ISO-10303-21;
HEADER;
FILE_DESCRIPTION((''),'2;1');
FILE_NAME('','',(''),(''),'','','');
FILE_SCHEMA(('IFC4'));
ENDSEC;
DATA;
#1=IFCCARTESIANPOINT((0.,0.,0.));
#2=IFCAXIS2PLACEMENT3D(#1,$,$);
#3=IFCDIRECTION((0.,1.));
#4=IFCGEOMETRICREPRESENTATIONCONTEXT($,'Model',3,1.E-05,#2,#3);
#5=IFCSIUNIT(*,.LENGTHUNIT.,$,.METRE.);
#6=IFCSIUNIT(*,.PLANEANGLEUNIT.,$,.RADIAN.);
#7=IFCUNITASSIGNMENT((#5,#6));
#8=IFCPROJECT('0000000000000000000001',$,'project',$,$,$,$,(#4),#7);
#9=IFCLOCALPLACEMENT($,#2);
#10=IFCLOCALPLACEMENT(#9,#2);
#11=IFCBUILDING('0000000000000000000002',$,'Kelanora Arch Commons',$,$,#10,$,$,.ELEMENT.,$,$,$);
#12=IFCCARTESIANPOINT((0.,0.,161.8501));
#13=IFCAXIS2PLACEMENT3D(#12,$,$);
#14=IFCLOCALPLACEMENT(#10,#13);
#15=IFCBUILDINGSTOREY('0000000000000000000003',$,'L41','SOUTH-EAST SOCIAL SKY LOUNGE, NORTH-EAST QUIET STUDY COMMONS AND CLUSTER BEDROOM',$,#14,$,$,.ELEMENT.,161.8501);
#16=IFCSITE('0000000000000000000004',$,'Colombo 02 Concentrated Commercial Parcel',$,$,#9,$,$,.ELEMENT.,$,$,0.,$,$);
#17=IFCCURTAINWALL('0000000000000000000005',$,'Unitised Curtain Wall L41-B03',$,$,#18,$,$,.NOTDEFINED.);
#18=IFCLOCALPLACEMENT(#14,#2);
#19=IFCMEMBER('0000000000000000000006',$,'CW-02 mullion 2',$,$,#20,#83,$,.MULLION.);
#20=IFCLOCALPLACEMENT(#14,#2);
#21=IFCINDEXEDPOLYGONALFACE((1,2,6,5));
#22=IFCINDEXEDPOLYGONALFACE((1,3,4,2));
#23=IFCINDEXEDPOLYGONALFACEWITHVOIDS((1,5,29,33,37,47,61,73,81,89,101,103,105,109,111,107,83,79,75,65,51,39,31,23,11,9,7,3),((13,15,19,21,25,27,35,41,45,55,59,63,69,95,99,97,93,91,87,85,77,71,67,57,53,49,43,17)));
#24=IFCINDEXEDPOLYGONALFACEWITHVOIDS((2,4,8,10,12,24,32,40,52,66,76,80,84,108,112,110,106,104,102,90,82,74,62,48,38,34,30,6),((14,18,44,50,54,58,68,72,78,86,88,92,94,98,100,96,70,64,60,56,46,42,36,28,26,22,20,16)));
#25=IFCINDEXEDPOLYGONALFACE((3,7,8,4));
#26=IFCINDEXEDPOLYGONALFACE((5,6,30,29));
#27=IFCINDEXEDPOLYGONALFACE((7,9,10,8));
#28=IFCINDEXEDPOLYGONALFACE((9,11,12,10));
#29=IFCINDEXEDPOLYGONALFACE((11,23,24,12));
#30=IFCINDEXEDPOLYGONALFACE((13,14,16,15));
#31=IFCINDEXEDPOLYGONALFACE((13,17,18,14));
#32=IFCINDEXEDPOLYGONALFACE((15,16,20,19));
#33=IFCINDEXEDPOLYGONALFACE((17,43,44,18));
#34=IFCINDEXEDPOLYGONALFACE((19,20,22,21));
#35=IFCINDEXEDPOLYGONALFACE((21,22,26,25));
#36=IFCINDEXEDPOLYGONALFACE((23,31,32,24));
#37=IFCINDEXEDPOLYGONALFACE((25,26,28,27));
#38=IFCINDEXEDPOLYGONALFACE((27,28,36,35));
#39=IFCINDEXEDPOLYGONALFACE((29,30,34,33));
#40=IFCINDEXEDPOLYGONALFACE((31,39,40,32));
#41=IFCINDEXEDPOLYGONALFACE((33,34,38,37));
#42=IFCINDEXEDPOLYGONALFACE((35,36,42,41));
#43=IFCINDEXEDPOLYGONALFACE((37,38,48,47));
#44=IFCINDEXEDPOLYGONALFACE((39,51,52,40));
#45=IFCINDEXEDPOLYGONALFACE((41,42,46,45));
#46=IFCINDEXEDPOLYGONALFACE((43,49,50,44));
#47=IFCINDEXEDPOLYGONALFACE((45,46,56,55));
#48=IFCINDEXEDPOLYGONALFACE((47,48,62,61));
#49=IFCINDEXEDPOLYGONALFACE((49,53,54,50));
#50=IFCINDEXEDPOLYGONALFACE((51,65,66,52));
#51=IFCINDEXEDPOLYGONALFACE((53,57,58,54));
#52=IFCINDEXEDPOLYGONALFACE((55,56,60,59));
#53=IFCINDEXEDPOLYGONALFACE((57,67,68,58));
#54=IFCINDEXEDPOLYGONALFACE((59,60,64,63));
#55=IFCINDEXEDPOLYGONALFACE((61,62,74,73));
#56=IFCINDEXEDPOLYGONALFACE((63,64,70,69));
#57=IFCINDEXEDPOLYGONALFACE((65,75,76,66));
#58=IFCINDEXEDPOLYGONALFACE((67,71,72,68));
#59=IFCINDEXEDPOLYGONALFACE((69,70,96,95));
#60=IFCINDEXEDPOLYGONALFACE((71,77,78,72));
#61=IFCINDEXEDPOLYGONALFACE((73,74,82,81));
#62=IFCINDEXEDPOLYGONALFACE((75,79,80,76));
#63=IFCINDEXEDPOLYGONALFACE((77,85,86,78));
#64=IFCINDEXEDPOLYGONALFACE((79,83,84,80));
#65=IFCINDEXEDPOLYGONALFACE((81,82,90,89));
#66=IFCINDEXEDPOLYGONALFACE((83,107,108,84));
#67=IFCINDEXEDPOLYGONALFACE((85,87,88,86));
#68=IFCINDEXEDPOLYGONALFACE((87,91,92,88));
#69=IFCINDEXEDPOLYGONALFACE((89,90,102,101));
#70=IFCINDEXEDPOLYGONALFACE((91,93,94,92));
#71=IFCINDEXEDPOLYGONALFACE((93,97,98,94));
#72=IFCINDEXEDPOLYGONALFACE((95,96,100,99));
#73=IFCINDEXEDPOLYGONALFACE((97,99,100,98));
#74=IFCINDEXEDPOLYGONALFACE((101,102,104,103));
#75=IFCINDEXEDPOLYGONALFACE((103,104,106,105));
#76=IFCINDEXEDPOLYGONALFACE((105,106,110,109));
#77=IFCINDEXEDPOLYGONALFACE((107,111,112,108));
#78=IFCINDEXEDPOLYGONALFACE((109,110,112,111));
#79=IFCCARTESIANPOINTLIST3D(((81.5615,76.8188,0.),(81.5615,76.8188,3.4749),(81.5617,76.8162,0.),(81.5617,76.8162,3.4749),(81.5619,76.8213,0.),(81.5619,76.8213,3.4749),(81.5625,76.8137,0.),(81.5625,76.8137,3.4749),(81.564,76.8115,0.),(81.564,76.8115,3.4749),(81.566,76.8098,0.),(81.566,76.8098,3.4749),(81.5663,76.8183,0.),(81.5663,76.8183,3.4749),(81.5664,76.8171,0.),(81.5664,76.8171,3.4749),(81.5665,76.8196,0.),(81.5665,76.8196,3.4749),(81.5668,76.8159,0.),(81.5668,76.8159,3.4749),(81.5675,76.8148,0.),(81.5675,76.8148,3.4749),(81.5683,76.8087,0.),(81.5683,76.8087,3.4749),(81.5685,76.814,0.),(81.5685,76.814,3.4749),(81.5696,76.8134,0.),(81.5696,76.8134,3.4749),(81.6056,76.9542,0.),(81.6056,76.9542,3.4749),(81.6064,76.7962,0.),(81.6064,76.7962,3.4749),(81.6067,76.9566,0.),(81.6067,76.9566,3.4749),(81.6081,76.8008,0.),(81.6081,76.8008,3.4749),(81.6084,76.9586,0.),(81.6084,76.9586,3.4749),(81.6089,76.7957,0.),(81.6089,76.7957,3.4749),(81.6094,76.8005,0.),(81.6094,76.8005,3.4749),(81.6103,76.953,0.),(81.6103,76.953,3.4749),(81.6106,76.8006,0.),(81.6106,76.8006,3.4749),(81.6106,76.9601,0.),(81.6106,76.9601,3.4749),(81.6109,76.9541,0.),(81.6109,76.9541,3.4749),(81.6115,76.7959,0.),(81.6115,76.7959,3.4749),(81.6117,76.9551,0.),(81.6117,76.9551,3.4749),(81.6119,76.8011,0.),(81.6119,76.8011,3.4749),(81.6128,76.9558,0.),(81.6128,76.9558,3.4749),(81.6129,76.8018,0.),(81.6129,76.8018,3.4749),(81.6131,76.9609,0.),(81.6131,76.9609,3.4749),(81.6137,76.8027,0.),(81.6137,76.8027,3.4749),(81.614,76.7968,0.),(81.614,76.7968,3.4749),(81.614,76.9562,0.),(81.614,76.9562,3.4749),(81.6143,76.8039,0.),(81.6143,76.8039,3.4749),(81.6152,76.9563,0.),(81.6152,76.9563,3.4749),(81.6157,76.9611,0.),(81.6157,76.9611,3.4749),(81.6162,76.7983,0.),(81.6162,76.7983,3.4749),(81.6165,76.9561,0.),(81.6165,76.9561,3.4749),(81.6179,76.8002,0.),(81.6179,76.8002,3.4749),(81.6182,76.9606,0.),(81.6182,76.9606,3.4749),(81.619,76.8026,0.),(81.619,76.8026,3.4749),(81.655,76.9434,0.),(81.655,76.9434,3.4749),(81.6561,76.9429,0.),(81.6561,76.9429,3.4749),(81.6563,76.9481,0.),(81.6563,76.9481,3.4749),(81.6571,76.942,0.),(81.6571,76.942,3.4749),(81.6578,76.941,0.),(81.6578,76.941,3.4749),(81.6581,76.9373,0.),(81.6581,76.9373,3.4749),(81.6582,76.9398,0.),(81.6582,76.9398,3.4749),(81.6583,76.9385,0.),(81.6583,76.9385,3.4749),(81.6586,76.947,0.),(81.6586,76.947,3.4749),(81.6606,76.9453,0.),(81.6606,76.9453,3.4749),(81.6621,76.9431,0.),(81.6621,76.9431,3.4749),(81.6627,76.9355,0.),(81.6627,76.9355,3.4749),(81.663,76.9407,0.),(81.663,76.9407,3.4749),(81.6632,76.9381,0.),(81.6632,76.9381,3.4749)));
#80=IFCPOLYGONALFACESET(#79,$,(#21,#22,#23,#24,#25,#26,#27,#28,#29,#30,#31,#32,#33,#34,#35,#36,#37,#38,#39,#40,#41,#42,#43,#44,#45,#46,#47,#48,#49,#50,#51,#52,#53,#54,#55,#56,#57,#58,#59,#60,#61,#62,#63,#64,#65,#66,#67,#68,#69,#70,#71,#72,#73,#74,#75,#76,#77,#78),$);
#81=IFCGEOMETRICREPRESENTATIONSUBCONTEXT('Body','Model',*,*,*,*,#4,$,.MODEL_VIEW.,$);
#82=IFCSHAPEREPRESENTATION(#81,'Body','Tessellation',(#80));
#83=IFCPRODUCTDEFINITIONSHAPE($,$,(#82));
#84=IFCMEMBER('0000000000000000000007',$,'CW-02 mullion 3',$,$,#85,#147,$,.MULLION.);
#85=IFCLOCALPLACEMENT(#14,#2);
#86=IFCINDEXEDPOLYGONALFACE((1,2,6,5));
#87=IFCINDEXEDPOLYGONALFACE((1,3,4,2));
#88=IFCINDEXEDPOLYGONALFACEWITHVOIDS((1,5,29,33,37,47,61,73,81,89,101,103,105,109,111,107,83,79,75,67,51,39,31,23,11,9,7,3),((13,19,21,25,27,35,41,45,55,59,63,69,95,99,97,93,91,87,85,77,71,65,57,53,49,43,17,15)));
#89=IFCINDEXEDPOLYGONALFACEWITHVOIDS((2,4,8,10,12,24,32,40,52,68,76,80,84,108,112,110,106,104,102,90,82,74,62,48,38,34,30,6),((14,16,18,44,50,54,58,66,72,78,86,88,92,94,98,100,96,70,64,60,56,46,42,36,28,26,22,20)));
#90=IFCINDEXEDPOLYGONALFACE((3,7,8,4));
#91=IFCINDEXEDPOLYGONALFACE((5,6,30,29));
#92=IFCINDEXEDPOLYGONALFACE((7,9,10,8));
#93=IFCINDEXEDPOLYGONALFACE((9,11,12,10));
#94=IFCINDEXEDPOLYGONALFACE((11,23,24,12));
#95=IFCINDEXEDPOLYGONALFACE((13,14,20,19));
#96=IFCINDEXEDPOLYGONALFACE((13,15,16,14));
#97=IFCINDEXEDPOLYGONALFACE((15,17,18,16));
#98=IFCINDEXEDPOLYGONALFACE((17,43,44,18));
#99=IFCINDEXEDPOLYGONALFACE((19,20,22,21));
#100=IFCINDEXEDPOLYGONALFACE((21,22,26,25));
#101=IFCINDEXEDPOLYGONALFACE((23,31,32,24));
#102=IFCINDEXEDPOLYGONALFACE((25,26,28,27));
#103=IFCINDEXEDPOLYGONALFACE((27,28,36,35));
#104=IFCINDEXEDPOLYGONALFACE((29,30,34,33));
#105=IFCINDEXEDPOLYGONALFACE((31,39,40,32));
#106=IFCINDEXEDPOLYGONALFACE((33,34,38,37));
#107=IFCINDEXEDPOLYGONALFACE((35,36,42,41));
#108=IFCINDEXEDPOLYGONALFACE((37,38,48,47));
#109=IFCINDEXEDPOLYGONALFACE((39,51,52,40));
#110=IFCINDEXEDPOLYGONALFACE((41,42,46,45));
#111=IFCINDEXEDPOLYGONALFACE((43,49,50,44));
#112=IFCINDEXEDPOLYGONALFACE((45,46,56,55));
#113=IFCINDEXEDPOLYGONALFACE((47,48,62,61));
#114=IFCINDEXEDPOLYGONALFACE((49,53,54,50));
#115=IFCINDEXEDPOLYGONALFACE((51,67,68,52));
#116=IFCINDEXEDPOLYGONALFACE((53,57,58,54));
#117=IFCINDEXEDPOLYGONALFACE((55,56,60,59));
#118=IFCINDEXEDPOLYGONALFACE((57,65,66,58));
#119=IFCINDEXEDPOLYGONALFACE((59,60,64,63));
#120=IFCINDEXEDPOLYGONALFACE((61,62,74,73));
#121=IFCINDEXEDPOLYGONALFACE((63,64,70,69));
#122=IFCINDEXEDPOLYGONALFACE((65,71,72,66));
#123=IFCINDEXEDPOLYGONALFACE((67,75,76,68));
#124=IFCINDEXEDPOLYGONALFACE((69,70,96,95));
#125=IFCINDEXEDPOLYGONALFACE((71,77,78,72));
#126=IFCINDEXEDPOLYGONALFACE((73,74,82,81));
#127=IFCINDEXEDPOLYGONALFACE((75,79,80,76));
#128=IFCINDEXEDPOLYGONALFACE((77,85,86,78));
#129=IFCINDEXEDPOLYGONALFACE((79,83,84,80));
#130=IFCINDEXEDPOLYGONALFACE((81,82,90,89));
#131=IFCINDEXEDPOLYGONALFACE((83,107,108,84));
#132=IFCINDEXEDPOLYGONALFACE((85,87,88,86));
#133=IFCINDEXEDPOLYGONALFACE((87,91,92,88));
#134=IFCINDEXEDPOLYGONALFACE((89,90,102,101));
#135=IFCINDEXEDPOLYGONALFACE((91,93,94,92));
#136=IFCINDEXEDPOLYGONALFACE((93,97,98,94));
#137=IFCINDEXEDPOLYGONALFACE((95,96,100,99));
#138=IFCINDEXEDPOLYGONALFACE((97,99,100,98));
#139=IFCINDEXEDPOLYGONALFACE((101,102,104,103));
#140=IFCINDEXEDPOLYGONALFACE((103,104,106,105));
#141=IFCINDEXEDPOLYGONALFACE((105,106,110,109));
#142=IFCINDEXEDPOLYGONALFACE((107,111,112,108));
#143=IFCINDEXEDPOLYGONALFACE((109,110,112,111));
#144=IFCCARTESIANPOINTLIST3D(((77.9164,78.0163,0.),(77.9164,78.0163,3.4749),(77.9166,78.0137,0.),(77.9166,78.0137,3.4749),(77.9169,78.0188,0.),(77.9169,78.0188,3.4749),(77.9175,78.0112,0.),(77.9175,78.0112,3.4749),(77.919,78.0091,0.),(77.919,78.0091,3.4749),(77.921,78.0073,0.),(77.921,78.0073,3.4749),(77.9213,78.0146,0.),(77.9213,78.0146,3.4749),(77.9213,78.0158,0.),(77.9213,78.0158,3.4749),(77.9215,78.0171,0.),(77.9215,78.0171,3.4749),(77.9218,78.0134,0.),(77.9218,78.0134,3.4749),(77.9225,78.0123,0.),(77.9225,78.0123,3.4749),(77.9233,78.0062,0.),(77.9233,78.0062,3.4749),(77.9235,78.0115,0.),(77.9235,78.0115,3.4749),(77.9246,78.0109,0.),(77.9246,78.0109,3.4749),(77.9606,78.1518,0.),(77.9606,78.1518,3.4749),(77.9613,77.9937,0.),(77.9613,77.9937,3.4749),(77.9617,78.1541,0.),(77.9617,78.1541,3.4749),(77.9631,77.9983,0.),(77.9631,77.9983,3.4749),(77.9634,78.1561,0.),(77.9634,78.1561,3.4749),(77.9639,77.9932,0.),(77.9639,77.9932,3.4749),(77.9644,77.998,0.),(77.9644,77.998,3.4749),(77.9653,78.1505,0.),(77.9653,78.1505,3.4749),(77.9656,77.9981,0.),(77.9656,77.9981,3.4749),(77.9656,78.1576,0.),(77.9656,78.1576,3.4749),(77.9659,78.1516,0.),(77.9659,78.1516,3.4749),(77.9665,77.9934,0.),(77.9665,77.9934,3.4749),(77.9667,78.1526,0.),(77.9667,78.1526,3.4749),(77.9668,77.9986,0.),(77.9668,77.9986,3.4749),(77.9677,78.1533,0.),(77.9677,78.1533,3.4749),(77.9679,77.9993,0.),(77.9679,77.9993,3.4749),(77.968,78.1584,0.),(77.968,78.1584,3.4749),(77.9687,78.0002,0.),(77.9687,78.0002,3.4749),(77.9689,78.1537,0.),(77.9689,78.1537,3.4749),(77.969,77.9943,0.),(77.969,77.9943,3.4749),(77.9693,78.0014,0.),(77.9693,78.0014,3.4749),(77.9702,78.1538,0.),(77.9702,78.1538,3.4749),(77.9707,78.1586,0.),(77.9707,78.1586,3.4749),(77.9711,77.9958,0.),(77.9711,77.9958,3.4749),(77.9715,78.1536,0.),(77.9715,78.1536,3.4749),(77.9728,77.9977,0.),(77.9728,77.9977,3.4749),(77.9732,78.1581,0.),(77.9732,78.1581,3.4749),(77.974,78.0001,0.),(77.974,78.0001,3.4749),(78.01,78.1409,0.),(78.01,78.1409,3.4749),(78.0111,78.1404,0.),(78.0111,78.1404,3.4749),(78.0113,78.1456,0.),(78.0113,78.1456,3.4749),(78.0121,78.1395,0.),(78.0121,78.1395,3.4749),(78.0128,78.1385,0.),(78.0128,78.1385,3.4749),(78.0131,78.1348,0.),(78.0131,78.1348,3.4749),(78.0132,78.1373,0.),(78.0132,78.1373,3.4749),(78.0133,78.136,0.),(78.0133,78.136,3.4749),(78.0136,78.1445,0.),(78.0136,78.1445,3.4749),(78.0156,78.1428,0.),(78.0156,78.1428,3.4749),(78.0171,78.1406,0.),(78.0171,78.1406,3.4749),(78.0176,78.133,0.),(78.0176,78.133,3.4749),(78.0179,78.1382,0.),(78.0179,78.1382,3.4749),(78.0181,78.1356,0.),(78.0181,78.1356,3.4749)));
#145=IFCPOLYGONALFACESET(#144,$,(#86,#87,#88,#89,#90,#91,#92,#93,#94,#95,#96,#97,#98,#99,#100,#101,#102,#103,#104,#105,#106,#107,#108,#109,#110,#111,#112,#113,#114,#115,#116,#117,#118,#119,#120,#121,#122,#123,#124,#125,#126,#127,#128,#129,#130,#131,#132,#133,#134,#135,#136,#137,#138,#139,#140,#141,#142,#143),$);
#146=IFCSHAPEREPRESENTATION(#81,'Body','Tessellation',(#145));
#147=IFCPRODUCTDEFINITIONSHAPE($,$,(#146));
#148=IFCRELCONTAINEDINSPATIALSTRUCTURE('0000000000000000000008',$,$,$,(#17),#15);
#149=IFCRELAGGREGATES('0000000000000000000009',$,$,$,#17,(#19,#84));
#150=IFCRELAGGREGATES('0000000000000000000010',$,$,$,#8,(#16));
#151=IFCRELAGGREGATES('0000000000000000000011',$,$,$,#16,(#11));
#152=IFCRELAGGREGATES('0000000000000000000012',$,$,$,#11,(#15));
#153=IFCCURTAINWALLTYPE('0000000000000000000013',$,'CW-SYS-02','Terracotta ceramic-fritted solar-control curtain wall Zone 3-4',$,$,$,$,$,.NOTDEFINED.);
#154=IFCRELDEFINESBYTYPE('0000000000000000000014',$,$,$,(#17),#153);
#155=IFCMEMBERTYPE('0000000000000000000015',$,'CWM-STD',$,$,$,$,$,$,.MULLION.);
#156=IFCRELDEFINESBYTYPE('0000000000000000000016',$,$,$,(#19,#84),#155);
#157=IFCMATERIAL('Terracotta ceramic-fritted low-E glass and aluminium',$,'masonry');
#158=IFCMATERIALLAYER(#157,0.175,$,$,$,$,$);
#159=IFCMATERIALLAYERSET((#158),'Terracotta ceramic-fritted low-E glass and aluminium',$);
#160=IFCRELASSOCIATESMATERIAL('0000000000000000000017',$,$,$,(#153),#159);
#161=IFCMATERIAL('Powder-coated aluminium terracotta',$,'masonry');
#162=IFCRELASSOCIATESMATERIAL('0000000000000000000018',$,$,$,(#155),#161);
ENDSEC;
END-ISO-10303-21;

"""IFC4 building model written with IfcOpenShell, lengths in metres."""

from ifc_helpers import new_model, si_unit, direction, frame, origin, origin_2d, place, context, subcontext, project, spatial, hollow_rectangle, extrude, material, layer, layer_set, material_profile, profile_set, type_object, element, aggregate, save


model = new_model("IFC4")

# Units and contexts
model_context = context("Model", 3, precision=1e-05, world=origin(), true_north=direction((0.0, 1.0)))
body_context = subcontext(model_context, "Body", "Model", "MODEL_VIEW")
ifc_project = project(units=[si_unit("LENGTHUNIT", "METRE"), si_unit("PLANEANGLEUNIT", "RADIAN")], contexts=[model_context])

# Site, building, storey
site_placement = place(None, origin())
site = spatial("IfcSite", under=ifc_project, at=site_placement, Name="Colombo 02 Concentrated Commercial Parcel", CompositionType="ELEMENT", RefElevation=0.0)
building_placement = place(site_placement, origin())
building = spatial("IfcBuilding", under=site, at=building_placement, Name="Kelanora Arch Commons", CompositionType="ELEMENT")
storey_placement = place(building_placement, frame((0.0, 0.0, 161.8501)))
storey = spatial("IfcBuildingStorey", under=building, at=storey_placement, Name="L41", Description="SOUTH-EAST SOCIAL SKY LOUNGE, NORTH-EAST QUIET STUDY COMMONS AND CLUSTER BEDROOM", CompositionType="ELEMENT", Elevation=161.8501)

# Curtain wall, members
ifc_material_1 = material(Name="Terracotta ceramic-fritted low-E glass and aluminium", Category="masonry")
ifc_layer_1 = layer(ifc_material_1, 0.175)
ifc_layer_set_1 = layer_set([ifc_layer_1], Name="Terracotta ceramic-fritted low-E glass and aluminium")
curtain_wall_type = type_object("IfcCurtainWallType", Name="CW-SYS-02", Description="Terracotta ceramic-fritted solar-control curtain wall Zone 3-4", PredefinedType="NOTDEFINED", material=ifc_layer_set_1)
curtain_wall_placement = place(storey_placement, origin())
curtain_wall = element("IfcCurtainWall", 1, at=curtain_wall_placement, inside=storey, type_object=curtain_wall_type, Name="Unitised Curtain Wall L41-B03", PredefinedType="NOTDEFINED")
ifc_material_2 = material(Name="Powder-coated aluminium terracotta", Category="masonry")
ifc_material_profile_1 = material_profile(ifc_material_2, hollow_rectangle(XDim=0.1599, YDim=0.0601, WallThickness=0.0049, InnerFilletRadius=0.0049, OuterFilletRadius=0.01, at=origin_2d()), Name="CWM160x60")
ifc_profile_set_1 = profile_set([ifc_material_profile_1], Name="Powder-coated aluminium terracotta")
member_type_1 = type_object("IfcMemberType", Name="CWM-STD", PredefinedType="MULLION", material=ifc_profile_set_1)
member_1_placement = place(storey_placement, frame((81.6123, 76.8784, 0.0), z_axis=(0.0, 0.0, 1.0), x_axis=(-0.312128, -0.95004, 0.0)))
member_1 = element("IfcMember", 2, at=member_1_placement, type_object=member_type_1, Name="CW-02 mullion 2", PredefinedType="MULLION", context=body_context, shape_type="SweptSolid", body=[
    extrude(hollow_rectangle(XDim=0.1599, YDim=0.0601, WallThickness=0.0049, InnerFilletRadius=0.0049, OuterFilletRadius=0.01, at=origin_2d()), origin(), (0.0, 0.0, 1.0), 3.4749),
])
member_2_placement = place(storey_placement, frame((77.9673, 78.0759, 0.0), z_axis=(0.0, 0.0, 1.0), x_axis=(-0.312128, -0.95004, 0.0)))
member_2 = element("IfcMember", 3, at=member_2_placement, type_object=member_type_1, Name="CW-02 mullion 3", PredefinedType="MULLION", context=body_context, shape_type="SweptSolid", body=[
    extrude(hollow_rectangle(XDim=0.1599, YDim=0.0601, WallThickness=0.0049, InnerFilletRadius=0.0049, OuterFilletRadius=0.01, at=origin_2d()), origin(), (0.0, 0.0, 1.0), 3.4749),
])
aggregate(curtain_wall, [member_1, member_2])

save(model, "model.ifc")
